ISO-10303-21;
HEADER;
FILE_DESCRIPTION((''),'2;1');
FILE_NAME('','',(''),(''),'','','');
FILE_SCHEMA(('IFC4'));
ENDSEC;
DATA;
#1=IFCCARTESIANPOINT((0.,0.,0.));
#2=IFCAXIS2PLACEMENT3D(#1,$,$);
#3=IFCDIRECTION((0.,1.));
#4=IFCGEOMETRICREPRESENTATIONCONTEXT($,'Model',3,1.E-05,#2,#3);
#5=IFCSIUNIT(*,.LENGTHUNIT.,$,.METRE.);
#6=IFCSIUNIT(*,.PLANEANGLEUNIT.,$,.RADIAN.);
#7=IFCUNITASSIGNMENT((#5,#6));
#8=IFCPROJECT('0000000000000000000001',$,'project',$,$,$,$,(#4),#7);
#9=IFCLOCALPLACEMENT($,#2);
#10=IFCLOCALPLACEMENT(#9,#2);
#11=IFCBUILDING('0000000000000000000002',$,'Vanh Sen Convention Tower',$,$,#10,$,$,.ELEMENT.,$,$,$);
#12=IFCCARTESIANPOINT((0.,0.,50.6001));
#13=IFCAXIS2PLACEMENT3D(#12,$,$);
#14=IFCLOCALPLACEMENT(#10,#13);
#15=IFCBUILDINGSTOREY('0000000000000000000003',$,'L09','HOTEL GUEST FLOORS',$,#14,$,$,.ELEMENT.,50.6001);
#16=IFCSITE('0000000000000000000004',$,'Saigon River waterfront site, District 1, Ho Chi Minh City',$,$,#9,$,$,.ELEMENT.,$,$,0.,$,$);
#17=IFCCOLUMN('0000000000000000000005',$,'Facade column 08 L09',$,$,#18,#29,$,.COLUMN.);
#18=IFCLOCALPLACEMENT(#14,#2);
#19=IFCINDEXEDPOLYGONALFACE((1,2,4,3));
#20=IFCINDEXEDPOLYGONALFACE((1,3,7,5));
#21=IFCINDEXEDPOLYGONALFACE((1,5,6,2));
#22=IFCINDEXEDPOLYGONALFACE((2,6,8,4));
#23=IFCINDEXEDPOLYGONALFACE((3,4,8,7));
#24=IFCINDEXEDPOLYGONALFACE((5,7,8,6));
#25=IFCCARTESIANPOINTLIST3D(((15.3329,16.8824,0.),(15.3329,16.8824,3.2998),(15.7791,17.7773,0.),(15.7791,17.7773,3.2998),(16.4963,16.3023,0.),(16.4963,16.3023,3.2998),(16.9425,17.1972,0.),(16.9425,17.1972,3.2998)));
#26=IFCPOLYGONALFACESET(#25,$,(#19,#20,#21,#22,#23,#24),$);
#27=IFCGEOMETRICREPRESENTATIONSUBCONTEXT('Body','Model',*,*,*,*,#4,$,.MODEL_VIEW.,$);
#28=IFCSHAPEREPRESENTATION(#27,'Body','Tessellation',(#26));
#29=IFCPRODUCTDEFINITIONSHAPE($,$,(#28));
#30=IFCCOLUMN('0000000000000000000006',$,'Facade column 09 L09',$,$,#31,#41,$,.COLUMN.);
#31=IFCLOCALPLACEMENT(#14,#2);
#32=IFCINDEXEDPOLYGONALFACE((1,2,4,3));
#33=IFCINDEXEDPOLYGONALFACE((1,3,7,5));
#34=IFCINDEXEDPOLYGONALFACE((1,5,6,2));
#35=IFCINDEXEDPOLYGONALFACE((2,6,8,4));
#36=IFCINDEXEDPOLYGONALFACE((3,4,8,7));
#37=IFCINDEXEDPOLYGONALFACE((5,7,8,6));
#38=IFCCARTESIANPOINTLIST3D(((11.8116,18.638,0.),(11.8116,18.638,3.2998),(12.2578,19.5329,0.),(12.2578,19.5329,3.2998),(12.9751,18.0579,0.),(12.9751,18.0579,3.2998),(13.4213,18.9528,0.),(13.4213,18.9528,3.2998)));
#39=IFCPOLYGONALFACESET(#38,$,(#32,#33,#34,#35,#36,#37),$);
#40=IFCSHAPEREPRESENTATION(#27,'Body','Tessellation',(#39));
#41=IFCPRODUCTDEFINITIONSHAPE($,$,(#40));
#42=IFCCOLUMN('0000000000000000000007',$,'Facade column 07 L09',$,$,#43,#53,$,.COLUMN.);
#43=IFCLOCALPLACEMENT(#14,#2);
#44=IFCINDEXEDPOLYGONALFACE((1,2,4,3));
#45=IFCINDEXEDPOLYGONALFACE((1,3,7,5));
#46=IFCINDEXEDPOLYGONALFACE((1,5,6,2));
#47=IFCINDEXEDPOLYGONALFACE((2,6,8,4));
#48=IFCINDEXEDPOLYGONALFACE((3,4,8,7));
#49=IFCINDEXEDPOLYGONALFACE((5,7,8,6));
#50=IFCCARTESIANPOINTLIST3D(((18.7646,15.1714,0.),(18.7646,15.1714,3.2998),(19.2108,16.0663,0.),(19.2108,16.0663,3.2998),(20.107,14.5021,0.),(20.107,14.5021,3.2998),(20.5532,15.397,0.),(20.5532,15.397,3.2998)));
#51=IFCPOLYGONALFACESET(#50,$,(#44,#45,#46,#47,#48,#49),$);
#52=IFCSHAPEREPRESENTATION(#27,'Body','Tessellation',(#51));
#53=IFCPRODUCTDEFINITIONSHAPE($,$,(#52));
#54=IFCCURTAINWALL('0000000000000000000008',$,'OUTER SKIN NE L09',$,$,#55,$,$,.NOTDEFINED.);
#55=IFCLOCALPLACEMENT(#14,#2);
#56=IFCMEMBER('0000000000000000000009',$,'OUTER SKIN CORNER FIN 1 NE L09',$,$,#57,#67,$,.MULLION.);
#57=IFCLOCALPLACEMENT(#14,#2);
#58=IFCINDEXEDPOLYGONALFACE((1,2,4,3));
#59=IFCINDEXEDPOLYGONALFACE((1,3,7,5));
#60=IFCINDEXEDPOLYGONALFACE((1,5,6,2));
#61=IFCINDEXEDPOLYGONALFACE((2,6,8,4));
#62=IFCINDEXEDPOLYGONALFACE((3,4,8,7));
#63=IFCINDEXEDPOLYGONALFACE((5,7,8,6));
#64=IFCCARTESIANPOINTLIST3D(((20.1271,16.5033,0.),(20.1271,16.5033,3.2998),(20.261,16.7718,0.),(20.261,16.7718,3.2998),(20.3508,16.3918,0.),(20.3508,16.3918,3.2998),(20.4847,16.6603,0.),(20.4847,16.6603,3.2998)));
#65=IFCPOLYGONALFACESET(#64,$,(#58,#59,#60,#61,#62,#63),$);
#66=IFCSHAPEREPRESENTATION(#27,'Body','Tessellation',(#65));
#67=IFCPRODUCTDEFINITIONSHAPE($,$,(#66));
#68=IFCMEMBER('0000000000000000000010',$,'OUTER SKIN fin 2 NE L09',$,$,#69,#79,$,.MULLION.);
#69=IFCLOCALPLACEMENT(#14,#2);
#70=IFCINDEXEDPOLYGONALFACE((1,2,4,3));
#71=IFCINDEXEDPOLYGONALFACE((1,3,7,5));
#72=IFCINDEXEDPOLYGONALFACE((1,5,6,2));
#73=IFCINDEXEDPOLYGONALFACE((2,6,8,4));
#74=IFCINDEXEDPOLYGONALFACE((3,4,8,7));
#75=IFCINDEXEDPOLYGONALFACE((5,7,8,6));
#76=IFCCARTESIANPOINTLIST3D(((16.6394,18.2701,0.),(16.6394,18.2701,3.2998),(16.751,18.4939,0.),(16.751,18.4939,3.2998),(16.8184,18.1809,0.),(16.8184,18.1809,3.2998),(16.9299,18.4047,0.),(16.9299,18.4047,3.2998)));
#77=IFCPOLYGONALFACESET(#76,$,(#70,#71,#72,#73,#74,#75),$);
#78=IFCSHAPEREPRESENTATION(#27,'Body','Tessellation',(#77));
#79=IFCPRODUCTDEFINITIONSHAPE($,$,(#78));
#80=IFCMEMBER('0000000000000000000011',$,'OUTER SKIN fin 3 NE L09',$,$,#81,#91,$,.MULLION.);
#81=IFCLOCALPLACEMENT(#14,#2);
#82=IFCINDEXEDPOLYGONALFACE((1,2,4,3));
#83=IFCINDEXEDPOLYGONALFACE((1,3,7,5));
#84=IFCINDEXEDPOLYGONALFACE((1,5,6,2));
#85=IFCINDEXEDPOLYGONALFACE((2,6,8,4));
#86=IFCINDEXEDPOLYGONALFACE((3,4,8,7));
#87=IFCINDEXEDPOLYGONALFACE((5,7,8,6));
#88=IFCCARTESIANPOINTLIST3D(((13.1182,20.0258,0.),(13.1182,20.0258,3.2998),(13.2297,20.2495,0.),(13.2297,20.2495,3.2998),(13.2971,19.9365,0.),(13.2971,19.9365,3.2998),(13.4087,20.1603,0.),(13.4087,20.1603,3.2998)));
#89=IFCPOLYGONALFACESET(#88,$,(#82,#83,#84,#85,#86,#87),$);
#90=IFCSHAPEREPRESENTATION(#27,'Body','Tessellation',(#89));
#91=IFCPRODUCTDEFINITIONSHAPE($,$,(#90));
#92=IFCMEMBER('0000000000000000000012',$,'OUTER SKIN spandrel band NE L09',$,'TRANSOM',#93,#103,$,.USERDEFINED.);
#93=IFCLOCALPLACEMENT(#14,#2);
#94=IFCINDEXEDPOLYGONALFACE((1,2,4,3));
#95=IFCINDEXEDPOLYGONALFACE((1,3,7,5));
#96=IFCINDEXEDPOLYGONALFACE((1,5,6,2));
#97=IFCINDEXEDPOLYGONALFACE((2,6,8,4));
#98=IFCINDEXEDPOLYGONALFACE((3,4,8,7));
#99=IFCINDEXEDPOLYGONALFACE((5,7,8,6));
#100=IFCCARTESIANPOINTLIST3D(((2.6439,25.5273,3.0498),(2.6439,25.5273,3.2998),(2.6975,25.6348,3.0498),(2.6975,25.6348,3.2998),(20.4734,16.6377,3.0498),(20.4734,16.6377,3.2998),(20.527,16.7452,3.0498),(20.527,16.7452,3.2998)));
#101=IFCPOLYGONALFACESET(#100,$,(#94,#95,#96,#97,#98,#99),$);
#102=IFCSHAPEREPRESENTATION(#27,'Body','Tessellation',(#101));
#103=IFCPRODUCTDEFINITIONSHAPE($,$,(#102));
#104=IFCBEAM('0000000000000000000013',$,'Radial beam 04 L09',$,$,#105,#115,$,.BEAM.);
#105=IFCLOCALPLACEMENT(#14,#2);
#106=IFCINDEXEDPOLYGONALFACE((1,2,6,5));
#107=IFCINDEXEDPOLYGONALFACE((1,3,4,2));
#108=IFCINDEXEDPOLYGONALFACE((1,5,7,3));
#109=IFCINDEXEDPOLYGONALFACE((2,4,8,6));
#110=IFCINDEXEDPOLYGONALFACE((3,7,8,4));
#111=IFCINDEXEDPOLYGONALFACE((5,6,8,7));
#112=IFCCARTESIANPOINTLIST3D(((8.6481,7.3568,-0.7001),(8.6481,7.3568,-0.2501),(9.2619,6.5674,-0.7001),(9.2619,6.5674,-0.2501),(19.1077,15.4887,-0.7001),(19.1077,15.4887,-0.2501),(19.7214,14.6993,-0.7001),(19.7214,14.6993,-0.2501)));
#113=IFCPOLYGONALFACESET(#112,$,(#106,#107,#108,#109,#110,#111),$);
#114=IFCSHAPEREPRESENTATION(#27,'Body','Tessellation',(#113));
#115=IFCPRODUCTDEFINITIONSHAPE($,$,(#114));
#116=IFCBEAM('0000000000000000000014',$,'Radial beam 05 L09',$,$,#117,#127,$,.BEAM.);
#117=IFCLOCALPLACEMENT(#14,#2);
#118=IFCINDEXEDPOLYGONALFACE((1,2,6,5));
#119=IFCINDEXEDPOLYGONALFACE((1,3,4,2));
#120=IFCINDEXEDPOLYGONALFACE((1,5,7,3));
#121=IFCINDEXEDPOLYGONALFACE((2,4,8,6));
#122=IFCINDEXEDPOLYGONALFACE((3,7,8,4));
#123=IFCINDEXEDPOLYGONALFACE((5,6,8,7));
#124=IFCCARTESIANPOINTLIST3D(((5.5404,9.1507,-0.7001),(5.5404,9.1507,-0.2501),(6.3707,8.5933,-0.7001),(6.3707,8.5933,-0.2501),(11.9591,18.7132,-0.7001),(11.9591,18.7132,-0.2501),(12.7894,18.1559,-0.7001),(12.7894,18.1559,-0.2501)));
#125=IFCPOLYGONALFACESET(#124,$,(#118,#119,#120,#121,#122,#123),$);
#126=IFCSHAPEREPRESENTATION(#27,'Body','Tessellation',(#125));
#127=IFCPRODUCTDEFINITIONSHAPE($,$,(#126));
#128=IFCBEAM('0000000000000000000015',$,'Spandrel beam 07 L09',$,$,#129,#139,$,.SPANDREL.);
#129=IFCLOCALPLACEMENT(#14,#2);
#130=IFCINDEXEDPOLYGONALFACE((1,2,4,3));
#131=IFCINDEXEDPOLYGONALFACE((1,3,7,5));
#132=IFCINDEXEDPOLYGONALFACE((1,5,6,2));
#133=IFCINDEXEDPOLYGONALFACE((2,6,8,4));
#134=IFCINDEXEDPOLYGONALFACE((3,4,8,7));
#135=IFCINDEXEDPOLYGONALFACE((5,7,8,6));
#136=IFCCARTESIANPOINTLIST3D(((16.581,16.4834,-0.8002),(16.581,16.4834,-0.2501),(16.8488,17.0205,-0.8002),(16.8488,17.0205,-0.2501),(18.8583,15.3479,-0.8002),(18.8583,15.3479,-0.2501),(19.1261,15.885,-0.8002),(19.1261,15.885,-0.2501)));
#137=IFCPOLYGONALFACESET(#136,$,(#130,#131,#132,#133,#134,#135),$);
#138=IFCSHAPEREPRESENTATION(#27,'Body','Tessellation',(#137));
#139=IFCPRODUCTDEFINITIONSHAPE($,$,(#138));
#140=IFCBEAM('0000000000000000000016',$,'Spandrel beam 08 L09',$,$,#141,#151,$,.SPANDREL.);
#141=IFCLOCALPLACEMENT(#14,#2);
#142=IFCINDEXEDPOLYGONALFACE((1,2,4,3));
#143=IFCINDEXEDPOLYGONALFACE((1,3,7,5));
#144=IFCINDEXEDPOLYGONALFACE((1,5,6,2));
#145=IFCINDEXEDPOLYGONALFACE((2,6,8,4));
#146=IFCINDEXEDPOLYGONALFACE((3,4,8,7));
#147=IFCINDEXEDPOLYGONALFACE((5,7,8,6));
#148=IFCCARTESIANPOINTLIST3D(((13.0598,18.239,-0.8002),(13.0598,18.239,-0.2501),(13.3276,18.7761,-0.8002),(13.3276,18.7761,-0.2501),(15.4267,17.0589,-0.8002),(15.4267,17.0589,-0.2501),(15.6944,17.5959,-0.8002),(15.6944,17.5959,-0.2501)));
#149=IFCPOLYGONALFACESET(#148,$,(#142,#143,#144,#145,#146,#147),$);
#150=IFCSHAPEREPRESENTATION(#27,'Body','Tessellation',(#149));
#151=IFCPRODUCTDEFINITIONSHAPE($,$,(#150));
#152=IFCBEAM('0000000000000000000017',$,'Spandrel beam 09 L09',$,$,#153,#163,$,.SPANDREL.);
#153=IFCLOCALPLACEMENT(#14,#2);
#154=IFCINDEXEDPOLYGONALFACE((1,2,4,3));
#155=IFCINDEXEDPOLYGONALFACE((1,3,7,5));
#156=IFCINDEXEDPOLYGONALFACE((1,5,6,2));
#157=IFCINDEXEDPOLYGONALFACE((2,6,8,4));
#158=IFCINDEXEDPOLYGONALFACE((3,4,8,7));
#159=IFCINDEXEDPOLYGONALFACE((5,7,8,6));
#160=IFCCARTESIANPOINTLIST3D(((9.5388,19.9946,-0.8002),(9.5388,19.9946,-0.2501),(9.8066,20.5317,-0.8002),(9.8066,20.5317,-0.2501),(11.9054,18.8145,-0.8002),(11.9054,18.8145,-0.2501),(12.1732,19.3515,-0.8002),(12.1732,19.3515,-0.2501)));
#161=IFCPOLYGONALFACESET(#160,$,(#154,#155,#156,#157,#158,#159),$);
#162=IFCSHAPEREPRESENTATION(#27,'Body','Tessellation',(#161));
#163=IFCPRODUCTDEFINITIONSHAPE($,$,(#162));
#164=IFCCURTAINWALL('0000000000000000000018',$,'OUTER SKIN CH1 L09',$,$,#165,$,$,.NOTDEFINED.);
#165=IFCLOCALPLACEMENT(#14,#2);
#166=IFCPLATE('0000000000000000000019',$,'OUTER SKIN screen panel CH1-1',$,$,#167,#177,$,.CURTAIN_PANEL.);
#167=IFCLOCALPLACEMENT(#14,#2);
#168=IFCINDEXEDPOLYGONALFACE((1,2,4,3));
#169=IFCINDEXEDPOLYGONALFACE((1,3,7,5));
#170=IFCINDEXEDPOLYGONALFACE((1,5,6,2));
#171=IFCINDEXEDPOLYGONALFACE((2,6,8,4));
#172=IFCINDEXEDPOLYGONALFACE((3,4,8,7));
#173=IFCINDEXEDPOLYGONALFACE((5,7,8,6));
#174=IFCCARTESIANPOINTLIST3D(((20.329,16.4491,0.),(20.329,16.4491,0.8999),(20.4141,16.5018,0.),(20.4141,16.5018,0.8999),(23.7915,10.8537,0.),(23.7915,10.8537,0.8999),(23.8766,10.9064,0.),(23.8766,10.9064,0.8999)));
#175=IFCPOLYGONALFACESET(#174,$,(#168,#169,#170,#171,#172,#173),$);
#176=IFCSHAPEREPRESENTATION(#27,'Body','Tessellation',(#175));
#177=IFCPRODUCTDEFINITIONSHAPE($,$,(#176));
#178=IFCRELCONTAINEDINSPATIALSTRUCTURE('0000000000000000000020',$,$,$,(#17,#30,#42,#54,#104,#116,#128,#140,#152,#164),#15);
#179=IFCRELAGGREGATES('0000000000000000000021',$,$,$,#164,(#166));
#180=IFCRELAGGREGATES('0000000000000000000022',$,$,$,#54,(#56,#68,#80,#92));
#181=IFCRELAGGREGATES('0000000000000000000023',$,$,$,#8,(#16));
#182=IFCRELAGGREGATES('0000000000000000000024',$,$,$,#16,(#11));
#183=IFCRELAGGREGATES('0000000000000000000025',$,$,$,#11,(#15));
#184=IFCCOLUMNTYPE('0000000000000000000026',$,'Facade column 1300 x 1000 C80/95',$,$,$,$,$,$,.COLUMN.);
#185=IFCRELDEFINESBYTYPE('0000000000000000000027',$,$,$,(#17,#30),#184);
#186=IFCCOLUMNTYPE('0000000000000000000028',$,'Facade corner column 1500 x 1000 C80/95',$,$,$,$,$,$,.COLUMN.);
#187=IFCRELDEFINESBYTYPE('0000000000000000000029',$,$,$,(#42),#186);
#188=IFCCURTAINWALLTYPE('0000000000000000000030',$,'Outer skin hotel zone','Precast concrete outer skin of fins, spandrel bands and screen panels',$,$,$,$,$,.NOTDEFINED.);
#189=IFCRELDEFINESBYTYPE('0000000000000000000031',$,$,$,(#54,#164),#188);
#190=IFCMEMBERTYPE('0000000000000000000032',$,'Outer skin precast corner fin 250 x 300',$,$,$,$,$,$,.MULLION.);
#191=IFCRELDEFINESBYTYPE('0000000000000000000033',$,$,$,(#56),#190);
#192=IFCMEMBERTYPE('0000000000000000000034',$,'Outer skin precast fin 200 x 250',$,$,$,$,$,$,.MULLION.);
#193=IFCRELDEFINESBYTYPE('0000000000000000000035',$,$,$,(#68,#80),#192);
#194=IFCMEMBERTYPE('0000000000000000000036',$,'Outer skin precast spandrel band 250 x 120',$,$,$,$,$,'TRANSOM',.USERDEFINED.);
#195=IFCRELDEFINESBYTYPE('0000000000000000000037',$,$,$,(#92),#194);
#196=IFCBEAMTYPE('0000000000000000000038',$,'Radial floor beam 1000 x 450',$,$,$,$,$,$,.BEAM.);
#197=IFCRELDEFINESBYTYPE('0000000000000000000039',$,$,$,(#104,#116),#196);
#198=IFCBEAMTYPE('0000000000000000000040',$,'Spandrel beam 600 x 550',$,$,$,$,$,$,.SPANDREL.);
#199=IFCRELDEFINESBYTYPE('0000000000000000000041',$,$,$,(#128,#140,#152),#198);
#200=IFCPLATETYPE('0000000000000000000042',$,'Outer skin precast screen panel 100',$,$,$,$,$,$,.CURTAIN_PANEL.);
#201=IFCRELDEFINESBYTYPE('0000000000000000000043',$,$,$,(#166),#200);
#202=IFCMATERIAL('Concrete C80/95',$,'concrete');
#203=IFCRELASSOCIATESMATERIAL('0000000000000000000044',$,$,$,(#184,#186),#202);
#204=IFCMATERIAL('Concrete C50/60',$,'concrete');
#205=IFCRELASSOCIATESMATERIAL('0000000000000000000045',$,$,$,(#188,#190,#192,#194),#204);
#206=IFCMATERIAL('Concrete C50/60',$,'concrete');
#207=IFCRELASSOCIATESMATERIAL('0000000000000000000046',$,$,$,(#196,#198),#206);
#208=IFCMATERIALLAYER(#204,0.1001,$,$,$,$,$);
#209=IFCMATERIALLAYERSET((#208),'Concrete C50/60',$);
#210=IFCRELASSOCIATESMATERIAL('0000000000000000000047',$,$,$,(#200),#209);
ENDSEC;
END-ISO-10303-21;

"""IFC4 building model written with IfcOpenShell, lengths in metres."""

from ifc_helpers import new_model, si_unit, direction, frame, origin, origin_2d, place, context, subcontext, project, spatial, rectangle, extrude, material, layer, layer_set, material_profile, profile_set, type_object, element, aggregate, save


model = new_model("IFC4")

# Units and contexts
model_context = context("Model", 3, precision=1e-05, world=origin(), true_north=direction((0.0, 1.0)))
body_context = subcontext(model_context, "Body", "Model", "MODEL_VIEW")
ifc_project = project(units=[si_unit("LENGTHUNIT", "METRE"), si_unit("PLANEANGLEUNIT", "RADIAN")], contexts=[model_context])

# Site, building, storey
site_placement = place(None, origin())
site = spatial("IfcSite", under=ifc_project, at=site_placement, Name="Saigon River waterfront site, District 1, Ho Chi Minh City", CompositionType="ELEMENT", RefElevation=0.0)
building_placement = place(site_placement, origin())
building = spatial("IfcBuilding", under=site, at=building_placement, Name="Vanh Sen Convention Tower", CompositionType="ELEMENT")
storey_placement = place(building_placement, frame((0.0, 0.0, 50.6001)))
storey = spatial("IfcBuildingStorey", under=building, at=storey_placement, Name="L09", Description="HOTEL GUEST FLOORS", CompositionType="ELEMENT", Elevation=50.6001)

# Columns
ifc_material_1 = material(Name="Concrete C80/95", Category="concrete")
ifc_material_profile_1 = material_profile(ifc_material_1, rectangle(XDim=1.3, YDim=1.0, at=origin_2d()), Name="RC 1300X1000")
ifc_profile_set_1 = profile_set([ifc_material_profile_1], Name="Concrete C80/95")
column_type_1 = type_object("IfcColumnType", Name="Facade column 1300 x 1000 C80/95", PredefinedType="COLUMN", material=ifc_profile_set_1)
for number, where, z_axis, x_axis, name in (
    (1, (16.1377, 17.0398, 0.0), (0.0, 0.0, 1.0), (-0.894934, 0.446198, 0.0), "Facade column 08 L09"),
    (2, (12.6165, 18.7954, 0.0), (0.0, 0.0, 1.0), (-0.894934, 0.446198, 0.0), "Facade column 09 L09"),
):
    element("IfcColumn", number, at=place(storey_placement, frame(where, z_axis=z_axis, x_axis=x_axis)), inside=storey, type_object=column_type_1, Name=name, PredefinedType="COLUMN", context=body_context, shape_type="SweptSolid", body=[
        extrude(rectangle(XDim=1.3, YDim=1.0, at=origin_2d()), origin(), (0.0, 0.0, 1.0), 3.2998),
    ])
ifc_material_profile_2 = material_profile(ifc_material_1, rectangle(XDim=1.5, YDim=1.0, at=origin_2d()), Name="RC 1500X1000")
ifc_profile_set_2 = profile_set([ifc_material_profile_2], Name="Concrete C80/95")
column_type_2 = type_object("IfcColumnType", Name="Facade corner column 1500 x 1000 C80/95", PredefinedType="COLUMN", material=ifc_profile_set_2)
column_placement = place(storey_placement, frame((19.6589, 15.2842, 0.0), z_axis=(0.0, 0.0, 1.0), x_axis=(-0.894934, 0.446198, 0.0)))
element("IfcColumn", 3, at=column_placement, inside=storey, type_object=column_type_2, Name="Facade column 07 L09", PredefinedType="COLUMN", context=body_context, shape_type="SweptSolid", body=[
    extrude(rectangle(XDim=1.5, YDim=1.0, at=origin_2d()), origin(), (0.0, 0.0, 1.0), 3.2998),
])

# Curtain wall, members
ifc_material_2 = material(Name="Concrete C50/60", Category="concrete")
curtain_wall_type = type_object("IfcCurtainWallType", Name="Outer skin hotel zone", Description="Precast concrete outer skin of fins, spandrel bands and screen panels", PredefinedType="NOTDEFINED", material=ifc_material_2)
curtain_wall_1_placement = place(storey_placement, origin())
curtain_wall_1 = element("IfcCurtainWall", 4, at=curtain_wall_1_placement, inside=storey, type_object=curtain_wall_type, Name="OUTER SKIN NE L09", PredefinedType="NOTDEFINED")
ifc_material_profile_3 = material_profile(ifc_material_2, rectangle(XDim=0.25, YDim=0.3, at=origin_2d()), Name="Outer skin precast corner fin 250 x 300")
ifc_profile_set_3 = profile_set([ifc_material_profile_3], Name="Concrete C50/60")
member_type_1 = type_object("IfcMemberType", Name="Outer skin precast corner fin 250 x 300", PredefinedType="MULLION", material=ifc_profile_set_3)
member_1_placement = place(storey_placement, frame((20.3059, 16.5818, 0.0), z_axis=(0.0, 0.0, 1.0), x_axis=(-0.894934, 0.446198, 0.0)))
member_1 = element("IfcMember", 5, at=member_1_placement, type_object=member_type_1, Name="OUTER SKIN CORNER FIN 1 NE L09", PredefinedType="MULLION", context=body_context, shape_type="SweptSolid", body=[
    extrude(rectangle(XDim=0.25, YDim=0.3, at=origin_2d()), origin(), (0.0, 0.0, 1.0), 3.2998),
])
ifc_material_profile_4 = material_profile(ifc_material_2, rectangle(XDim=0.2, YDim=0.25, at=origin_2d()), Name="Outer skin precast fin 200 x 250")
ifc_profile_set_4 = profile_set([ifc_material_profile_4], Name="Concrete C50/60")
member_type_2 = type_object("IfcMemberType", Name="Outer skin precast fin 200 x 250", PredefinedType="MULLION", material=ifc_profile_set_4)
member_2_placement = place(storey_placement, frame((16.7847, 18.3374, 0.0), z_axis=(0.0, 0.0, 1.0), x_axis=(-0.894934, 0.446198, 0.0)))
member_2 = element("IfcMember", 6, at=member_2_placement, type_object=member_type_2, Name="OUTER SKIN fin 2 NE L09", PredefinedType="MULLION", context=body_context, shape_type="SweptSolid", body=[
    extrude(rectangle(XDim=0.2, YDim=0.25, at=origin_2d()), origin(), (0.0, 0.0, 1.0), 3.2998),
])
member_3_placement = place(storey_placement, frame((13.2634, 20.093, 0.0), z_axis=(0.0, 0.0, 1.0), x_axis=(-0.894934, 0.446198, 0.0)))
member_3 = element("IfcMember", 7, at=member_3_placement, type_object=member_type_2, Name="OUTER SKIN fin 3 NE L09", PredefinedType="MULLION", context=body_context, shape_type="SweptSolid", body=[
    extrude(rectangle(XDim=0.2, YDim=0.25, at=origin_2d()), origin(), (0.0, 0.0, 1.0), 3.2998),
])
ifc_material_profile_5 = material_profile(ifc_material_2, rectangle(XDim=0.1201, YDim=0.25, at=origin_2d()), Name="Outer skin precast spandrel band 250 x 120")
ifc_profile_set_5 = profile_set([ifc_material_profile_5], Name="Concrete C50/60")
member_type_3 = type_object("IfcMemberType", Name="Outer skin precast spandrel band 250 x 120", ElementType="TRANSOM", PredefinedType="USERDEFINED", material=ifc_profile_set_5)
member_4_placement = place(storey_placement, frame((20.5002, 16.6914, 3.1748), z_axis=(-0.894931, 0.446204, 0.0), x_axis=(-0.446204, -0.894931, 0.0)))
member_4 = element("IfcMember", 8, at=member_4_placement, type_object=member_type_3, Name="OUTER SKIN spandrel band NE L09", ObjectType="TRANSOM", PredefinedType="USERDEFINED", context=body_context, shape_type="SweptSolid", body=[
    extrude(rectangle(XDim=0.1201, YDim=0.25, at=origin_2d()), origin(), (0.0, 0.0, 1.0), 19.9229),
])

# Beams
ifc_material_3 = material(Name="Concrete C50/60", Category="concrete")
ifc_material_profile_6 = material_profile(ifc_material_3, rectangle(XDim=1.0, YDim=0.45, at=origin_2d()), Name="RC 1000X450")
ifc_profile_set_6 = profile_set([ifc_material_profile_6], Name="Concrete C50/60")
beam_type_1 = type_object("IfcBeamType", Name="Radial floor beam 1000 x 450", PredefinedType="BEAM", material=ifc_profile_set_6)
beam_1_placement = place(storey_placement, frame((19.4146, 15.094, -0.4751), z_axis=(-0.789473, -0.613785, 0.0), x_axis=(0.613785, -0.789473, 0.0)))
element("IfcBeam", 9, at=beam_1_placement, inside=storey, type_object=beam_type_1, Name="Radial beam 04 L09", PredefinedType="BEAM", context=body_context, shape_type="SweptSolid", body=[
    extrude(rectangle(XDim=1.0, YDim=0.45, at=origin_2d()), origin(), (0.0, 0.0, 1.0), 13.2488),
])
beam_2_placement = place(storey_placement, frame((12.3743, 18.4346, -0.4751), z_axis=(-0.557324, -0.830295, 0.0), x_axis=(0.830295, -0.557324, 0.0)))
element("IfcBeam", 10, at=beam_2_placement, inside=storey, type_object=beam_type_1, Name="Radial beam 05 L09", PredefinedType="BEAM", context=body_context, shape_type="SweptSolid", body=[
    extrude(rectangle(XDim=1.0, YDim=0.45, at=origin_2d()), origin(), (0.0, 0.0, 1.0), 11.5171),
])
ifc_material_profile_7 = material_profile(ifc_material_3, rectangle(XDim=0.6001, YDim=0.55, at=origin_2d()), Name="RC 600X550")
ifc_profile_set_7 = profile_set([ifc_material_profile_7], Name="Concrete C50/60")
beam_type_2 = type_object("IfcBeamType", Name="Spandrel beam 600 x 550", PredefinedType="SPANDREL", material=ifc_profile_set_7)
beam_3_placement = place(storey_placement, frame((18.9922, 15.6165, -0.5251), z_axis=(-0.894926, 0.446216, 0.0), x_axis=(-0.446216, -0.894926, 0.0)))
element("IfcBeam", 11, at=beam_3_placement, inside=storey, type_object=beam_type_2, Name="Spandrel beam 07 L09", PredefinedType="SPANDREL", context=body_context, shape_type="SweptSolid", body=[
    extrude(rectangle(XDim=0.6001, YDim=0.55, at=origin_2d()), origin(), (0.0, 0.0, 1.0), 2.5447),
])
beam_4_placement = place(storey_placement, frame((15.5605, 17.3274, -0.5251), z_axis=(-0.894925, 0.446216, 0.0), x_axis=(-0.446216, -0.894925, 0.0)))
element("IfcBeam", 12, at=beam_4_placement, inside=storey, type_object=beam_type_2, Name="Spandrel beam 08 L09", PredefinedType="SPANDREL", context=body_context, shape_type="SweptSolid", body=[
    extrude(rectangle(XDim=0.6001, YDim=0.55, at=origin_2d()), origin(), (0.0, 0.0, 1.0), 2.6448),
])
beam_5_placement = place(storey_placement, frame((12.0393, 19.083, -0.5251), z_axis=(-0.894907, 0.446253, 0.0), x_axis=(-0.446253, -0.894907, 0.0)))
element("IfcBeam", 13, at=beam_5_placement, inside=storey, type_object=beam_type_2, Name="Spandrel beam 09 L09", PredefinedType="SPANDREL", context=body_context, shape_type="SweptSolid", body=[
    extrude(rectangle(XDim=0.6001, YDim=0.55, at=origin_2d()), origin(), (0.0, 0.0, 1.0), 2.6445),
])

# Curtain wall, plate
curtain_wall_2_placement = place(storey_placement, origin())
curtain_wall_2 = element("IfcCurtainWall", 14, at=curtain_wall_2_placement, inside=storey, type_object=curtain_wall_type, Name="OUTER SKIN CH1 L09", PredefinedType="NOTDEFINED")
ifc_layer_1 = layer(ifc_material_2, 0.1001)
ifc_layer_set_1 = layer_set([ifc_layer_1], Name="Concrete C50/60")
plate_type = type_object("IfcPlateType", Name="Outer skin precast screen panel 100", PredefinedType="CURTAIN_PANEL", material=ifc_layer_set_1)
plate_1_placement = place(storey_placement, frame((22.1028, 13.6777, 0.0), z_axis=(0.0, 0.0, 1.0), x_axis=(-0.526212, 0.850353, 0.0)))
plate_1 = element("IfcPlate", 15, at=plate_1_placement, type_object=plate_type, Name="OUTER SKIN screen panel CH1-1", PredefinedType="CURTAIN_PANEL", context=body_context, shape_type="SweptSolid", body=[
    extrude(rectangle(XDim=6.5801, YDim=0.1001, at=origin_2d()), origin(), (0.0, 0.0, 1.0), 0.8999),
])
aggregate(curtain_wall_2, [plate_1])

aggregate(curtain_wall_1, [member_1, member_2, member_3, member_4])

save(model, "model.ifc")
